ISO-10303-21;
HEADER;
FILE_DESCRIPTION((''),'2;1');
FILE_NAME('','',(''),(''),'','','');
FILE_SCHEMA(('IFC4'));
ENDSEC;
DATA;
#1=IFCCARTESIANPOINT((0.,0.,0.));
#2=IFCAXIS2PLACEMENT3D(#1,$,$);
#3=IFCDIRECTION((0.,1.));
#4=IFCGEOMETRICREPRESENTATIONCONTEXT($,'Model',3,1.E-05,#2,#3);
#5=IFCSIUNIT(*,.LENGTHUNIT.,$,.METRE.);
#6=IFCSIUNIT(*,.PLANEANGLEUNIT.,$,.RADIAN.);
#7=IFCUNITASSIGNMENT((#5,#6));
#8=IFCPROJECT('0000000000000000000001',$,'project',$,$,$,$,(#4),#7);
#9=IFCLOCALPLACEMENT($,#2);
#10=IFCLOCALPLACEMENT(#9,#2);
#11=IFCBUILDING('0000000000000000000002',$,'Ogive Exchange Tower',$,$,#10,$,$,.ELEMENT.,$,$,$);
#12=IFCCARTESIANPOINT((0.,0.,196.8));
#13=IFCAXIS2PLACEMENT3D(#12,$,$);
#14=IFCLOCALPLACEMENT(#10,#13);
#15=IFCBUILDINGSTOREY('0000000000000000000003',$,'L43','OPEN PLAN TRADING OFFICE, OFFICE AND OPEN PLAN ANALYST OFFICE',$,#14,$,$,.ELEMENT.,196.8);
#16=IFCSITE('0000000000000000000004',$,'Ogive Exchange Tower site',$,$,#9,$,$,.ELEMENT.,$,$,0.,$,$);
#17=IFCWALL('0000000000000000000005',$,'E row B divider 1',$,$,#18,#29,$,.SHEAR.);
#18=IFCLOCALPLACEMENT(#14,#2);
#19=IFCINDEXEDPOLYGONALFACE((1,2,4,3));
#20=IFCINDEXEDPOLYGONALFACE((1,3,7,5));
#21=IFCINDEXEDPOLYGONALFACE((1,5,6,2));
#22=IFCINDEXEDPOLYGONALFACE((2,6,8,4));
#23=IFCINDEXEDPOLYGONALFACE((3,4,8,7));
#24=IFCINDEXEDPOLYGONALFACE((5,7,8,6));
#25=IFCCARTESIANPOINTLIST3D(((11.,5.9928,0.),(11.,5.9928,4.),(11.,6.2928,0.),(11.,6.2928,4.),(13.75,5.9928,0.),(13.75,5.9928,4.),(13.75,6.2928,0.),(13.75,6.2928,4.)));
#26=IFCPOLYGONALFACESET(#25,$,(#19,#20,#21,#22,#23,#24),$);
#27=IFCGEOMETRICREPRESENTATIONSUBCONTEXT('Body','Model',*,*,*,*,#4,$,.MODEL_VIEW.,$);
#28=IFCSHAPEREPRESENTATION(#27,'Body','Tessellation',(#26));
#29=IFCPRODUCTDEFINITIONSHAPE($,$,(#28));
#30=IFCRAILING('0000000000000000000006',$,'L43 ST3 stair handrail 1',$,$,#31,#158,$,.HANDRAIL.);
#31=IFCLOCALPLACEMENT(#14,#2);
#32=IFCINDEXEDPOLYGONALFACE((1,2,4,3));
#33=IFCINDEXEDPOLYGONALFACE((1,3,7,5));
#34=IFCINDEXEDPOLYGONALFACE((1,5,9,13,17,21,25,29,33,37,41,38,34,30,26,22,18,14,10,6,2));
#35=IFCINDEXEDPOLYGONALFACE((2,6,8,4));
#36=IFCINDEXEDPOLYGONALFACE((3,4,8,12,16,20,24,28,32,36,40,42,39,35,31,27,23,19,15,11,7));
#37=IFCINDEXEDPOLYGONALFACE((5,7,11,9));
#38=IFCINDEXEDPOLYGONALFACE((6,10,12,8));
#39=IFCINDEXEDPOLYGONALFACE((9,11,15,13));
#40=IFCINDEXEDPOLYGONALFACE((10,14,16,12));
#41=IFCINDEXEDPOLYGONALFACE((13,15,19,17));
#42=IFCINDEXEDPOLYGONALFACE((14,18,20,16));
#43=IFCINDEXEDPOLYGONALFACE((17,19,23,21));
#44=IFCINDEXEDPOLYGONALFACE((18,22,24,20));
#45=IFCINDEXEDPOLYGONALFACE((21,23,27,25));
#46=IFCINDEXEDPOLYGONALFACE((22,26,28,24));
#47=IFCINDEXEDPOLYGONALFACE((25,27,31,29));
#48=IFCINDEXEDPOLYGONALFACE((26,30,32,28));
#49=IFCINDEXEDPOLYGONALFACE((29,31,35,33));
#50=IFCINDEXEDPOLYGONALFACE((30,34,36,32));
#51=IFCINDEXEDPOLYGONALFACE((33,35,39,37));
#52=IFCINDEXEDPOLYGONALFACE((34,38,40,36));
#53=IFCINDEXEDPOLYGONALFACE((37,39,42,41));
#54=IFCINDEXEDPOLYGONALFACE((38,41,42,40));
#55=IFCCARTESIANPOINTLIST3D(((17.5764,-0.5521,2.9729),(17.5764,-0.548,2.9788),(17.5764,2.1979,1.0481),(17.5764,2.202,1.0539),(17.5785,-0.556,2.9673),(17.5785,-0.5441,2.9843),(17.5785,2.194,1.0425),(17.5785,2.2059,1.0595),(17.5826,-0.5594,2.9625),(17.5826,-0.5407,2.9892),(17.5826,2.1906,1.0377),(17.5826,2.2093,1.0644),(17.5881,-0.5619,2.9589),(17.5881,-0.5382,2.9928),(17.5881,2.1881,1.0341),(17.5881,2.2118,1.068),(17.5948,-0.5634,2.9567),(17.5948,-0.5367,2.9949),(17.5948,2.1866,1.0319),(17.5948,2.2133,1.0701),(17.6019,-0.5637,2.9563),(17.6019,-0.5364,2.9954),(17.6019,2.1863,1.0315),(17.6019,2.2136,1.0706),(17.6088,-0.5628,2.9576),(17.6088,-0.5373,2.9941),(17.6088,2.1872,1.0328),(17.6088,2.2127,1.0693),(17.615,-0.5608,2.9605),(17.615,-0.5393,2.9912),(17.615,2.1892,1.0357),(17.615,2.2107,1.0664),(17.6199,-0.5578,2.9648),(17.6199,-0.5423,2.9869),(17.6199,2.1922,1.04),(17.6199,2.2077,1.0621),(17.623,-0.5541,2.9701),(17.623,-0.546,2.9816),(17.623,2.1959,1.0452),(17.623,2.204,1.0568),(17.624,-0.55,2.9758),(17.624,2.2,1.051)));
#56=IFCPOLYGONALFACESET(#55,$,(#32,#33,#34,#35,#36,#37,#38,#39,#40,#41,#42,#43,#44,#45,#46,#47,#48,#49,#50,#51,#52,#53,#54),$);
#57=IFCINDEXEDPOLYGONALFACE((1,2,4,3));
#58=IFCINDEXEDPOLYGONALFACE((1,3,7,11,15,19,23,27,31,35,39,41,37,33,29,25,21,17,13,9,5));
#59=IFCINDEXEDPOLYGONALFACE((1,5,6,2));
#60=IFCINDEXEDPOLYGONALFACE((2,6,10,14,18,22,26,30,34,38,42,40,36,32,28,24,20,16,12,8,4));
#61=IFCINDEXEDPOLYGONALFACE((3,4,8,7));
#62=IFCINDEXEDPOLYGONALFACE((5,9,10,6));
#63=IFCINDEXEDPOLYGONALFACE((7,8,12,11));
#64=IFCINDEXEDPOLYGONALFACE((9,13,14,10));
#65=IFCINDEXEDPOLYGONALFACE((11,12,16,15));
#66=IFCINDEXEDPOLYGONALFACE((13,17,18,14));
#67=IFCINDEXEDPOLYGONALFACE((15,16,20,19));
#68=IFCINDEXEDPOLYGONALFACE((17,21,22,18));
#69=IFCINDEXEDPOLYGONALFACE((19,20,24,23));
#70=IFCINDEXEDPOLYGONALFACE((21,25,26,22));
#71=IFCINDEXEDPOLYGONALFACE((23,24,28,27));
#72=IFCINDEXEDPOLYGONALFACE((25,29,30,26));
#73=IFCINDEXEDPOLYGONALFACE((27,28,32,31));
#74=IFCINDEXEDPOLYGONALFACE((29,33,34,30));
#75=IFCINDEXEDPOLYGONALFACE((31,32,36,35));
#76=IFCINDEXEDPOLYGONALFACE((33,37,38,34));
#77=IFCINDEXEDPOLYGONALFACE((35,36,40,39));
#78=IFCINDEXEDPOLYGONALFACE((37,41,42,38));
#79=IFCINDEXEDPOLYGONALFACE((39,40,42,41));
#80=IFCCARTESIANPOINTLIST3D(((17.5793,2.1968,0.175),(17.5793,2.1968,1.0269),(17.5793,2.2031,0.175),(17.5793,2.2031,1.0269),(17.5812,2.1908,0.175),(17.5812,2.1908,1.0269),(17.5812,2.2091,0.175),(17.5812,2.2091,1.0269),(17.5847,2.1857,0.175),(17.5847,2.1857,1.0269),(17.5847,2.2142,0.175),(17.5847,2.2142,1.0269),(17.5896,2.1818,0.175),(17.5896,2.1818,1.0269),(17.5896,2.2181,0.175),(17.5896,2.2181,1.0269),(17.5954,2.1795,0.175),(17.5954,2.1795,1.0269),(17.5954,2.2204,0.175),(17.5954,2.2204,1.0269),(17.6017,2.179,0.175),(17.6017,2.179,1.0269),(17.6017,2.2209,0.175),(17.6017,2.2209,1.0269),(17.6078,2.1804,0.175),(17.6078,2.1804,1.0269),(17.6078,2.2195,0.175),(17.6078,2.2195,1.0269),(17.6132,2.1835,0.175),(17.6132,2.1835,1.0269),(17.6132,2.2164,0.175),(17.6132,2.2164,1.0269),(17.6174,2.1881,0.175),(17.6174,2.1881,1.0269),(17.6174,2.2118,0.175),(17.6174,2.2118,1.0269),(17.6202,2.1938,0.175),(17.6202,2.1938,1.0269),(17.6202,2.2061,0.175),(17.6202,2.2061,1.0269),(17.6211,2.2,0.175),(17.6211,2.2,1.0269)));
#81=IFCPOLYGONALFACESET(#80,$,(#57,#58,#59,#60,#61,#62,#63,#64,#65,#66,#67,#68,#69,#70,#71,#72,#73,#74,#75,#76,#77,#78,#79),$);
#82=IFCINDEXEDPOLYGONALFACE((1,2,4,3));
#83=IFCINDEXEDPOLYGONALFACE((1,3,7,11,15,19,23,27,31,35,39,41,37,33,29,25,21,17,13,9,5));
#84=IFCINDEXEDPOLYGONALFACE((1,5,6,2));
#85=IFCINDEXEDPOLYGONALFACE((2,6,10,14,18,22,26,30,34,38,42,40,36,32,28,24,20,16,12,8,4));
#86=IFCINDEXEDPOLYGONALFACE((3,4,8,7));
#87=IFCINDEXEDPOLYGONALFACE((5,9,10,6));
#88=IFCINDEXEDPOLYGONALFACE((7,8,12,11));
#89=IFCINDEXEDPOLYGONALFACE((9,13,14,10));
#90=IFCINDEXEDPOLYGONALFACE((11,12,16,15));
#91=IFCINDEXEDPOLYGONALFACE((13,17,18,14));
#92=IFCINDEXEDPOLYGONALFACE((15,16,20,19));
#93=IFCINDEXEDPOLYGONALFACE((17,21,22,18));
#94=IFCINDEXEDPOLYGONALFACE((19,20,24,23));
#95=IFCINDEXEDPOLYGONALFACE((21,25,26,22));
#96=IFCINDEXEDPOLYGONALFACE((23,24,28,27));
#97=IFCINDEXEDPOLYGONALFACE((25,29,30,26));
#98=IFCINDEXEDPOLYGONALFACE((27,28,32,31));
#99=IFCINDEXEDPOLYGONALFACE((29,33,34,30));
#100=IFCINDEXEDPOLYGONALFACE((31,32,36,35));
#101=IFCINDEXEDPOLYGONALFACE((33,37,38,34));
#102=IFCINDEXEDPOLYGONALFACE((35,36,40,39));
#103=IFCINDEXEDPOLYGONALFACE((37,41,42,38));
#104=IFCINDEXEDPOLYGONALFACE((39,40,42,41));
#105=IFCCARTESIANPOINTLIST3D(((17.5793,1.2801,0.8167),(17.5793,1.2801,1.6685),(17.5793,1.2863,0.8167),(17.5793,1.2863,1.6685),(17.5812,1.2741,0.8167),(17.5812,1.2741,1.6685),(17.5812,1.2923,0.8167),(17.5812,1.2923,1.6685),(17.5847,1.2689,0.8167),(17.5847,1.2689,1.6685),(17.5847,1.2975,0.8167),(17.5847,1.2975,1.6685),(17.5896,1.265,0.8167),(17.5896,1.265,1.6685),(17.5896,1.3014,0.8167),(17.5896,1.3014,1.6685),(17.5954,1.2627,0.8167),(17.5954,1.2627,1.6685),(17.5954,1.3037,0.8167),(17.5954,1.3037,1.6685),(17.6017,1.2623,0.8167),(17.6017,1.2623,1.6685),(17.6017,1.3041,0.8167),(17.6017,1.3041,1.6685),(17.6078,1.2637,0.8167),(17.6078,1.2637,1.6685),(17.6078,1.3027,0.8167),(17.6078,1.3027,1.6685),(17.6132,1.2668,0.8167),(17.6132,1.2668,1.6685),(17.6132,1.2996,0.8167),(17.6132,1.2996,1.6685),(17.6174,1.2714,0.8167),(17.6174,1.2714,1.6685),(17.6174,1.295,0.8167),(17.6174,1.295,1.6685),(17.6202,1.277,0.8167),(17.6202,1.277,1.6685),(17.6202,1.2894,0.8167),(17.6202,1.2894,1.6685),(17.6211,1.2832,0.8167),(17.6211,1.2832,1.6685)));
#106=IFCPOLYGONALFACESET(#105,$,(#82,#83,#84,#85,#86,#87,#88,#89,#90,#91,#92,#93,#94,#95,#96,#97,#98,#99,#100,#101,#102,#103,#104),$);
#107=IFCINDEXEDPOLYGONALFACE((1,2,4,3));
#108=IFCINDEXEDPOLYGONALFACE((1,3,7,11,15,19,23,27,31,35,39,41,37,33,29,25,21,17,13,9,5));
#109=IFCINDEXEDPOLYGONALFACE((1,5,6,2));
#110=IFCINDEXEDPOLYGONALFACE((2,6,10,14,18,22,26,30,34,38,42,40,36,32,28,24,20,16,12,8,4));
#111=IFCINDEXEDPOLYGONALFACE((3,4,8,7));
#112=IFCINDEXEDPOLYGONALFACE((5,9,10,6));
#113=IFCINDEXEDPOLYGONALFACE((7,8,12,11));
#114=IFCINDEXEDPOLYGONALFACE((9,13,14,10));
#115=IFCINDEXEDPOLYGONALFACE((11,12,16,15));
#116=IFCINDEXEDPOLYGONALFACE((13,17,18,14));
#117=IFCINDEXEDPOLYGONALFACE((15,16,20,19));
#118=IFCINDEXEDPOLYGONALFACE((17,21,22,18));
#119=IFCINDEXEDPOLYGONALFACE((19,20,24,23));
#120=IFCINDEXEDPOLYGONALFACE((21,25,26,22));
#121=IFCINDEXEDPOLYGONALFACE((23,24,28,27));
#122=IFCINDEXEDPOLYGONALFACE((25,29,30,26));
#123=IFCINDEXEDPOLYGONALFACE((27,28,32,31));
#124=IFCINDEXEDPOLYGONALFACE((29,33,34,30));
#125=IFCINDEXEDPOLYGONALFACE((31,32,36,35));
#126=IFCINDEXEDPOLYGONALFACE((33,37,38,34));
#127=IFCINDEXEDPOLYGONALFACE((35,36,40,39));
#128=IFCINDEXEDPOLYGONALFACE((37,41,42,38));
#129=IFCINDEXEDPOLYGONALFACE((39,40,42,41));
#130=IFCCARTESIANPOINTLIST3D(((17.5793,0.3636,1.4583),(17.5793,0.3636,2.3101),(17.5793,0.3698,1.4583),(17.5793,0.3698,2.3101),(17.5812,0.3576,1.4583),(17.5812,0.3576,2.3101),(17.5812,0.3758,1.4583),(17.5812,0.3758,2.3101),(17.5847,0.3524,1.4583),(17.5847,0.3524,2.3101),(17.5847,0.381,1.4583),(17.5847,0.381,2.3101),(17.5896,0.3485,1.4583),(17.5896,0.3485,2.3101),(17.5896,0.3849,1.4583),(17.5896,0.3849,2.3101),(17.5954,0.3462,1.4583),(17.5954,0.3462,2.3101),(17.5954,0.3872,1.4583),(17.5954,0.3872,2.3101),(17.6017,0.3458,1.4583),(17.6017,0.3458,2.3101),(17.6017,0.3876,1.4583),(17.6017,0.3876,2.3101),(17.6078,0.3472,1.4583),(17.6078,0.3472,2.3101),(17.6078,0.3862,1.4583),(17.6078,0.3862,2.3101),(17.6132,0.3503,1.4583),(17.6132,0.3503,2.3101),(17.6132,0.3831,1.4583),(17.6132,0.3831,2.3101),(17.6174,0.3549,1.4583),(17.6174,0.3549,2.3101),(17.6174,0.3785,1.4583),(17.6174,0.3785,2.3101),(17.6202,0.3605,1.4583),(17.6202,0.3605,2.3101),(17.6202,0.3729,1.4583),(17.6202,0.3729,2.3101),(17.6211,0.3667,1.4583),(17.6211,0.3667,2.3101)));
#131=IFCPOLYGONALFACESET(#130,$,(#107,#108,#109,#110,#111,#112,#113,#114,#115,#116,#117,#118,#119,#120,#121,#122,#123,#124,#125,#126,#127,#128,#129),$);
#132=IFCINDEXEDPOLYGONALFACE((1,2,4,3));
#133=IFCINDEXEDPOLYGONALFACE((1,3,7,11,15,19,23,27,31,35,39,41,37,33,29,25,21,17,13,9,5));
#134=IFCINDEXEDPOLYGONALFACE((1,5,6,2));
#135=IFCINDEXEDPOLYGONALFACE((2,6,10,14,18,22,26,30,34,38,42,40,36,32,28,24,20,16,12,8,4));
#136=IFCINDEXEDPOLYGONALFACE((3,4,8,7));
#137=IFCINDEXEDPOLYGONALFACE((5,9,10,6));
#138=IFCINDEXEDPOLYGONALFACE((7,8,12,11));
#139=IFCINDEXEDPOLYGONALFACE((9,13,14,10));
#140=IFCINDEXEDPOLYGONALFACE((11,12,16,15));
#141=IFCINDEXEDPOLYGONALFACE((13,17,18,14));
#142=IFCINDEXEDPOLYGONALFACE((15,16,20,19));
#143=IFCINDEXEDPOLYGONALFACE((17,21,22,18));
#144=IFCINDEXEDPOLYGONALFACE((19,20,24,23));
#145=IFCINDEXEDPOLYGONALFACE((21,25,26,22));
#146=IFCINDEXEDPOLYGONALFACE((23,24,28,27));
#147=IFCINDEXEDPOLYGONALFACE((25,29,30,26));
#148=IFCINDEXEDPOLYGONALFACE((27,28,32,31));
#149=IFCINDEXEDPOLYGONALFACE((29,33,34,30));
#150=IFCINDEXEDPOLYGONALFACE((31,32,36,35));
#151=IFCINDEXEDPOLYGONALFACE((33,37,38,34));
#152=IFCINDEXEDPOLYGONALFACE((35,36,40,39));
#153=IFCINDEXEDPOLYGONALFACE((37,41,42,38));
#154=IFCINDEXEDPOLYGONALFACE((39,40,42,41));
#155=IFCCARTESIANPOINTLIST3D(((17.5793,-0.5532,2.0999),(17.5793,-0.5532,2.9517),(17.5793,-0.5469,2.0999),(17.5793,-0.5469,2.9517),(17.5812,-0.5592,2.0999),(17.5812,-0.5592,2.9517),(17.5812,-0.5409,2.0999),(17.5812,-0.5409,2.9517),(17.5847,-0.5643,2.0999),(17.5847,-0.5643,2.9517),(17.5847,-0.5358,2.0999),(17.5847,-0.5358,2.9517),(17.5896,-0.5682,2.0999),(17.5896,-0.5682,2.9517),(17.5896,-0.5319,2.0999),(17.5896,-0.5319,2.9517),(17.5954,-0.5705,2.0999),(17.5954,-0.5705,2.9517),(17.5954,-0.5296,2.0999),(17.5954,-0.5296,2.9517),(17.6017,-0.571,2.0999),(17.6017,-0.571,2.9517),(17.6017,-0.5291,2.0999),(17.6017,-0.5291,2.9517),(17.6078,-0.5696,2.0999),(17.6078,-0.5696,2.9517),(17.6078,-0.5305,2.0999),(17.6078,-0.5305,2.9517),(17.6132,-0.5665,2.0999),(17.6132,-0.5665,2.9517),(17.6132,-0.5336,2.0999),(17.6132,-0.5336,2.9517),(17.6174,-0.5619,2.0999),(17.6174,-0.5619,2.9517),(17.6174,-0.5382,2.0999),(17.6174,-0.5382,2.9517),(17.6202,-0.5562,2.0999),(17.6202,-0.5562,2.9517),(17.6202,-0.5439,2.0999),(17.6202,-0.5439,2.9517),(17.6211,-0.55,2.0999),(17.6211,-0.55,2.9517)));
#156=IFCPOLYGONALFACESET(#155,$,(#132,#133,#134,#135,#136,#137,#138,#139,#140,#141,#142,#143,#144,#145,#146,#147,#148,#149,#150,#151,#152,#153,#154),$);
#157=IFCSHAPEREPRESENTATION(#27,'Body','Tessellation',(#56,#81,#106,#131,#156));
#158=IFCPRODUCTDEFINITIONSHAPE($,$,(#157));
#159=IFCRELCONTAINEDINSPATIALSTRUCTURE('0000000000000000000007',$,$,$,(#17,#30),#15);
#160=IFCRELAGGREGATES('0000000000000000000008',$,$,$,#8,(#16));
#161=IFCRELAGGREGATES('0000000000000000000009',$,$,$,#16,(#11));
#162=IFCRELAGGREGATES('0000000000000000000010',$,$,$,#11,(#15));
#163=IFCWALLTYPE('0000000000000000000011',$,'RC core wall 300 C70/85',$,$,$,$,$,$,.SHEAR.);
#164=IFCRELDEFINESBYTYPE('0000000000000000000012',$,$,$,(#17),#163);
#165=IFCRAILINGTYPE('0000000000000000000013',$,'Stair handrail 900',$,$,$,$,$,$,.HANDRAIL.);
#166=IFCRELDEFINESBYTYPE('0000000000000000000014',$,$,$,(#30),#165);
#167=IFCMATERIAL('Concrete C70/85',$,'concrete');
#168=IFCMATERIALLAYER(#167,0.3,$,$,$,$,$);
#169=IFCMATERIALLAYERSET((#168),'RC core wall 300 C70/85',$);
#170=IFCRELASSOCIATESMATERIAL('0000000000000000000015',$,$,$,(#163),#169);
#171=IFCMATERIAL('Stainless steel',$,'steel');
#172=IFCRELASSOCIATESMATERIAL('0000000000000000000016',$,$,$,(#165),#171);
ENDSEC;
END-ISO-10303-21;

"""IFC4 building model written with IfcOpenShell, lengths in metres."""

from ifc_helpers import new_model, si_unit, direction, frame, frame_2d, origin, origin_2d, place, context, subcontext, project, spatial, rectangle, circle, extrude, material, layer, layer_set, type_object, element, save


model = new_model("IFC4")

# Units and contexts
model_context = context("Model", 3, precision=1e-05, world=origin(), true_north=direction((0.0, 1.0)))
body_context = subcontext(model_context, "Body", "Model", "MODEL_VIEW")
ifc_project = project(units=[si_unit("LENGTHUNIT", "METRE"), si_unit("PLANEANGLEUNIT", "RADIAN")], contexts=[model_context])

# Site, building, storey
site_placement = place(None, origin())
site = spatial("IfcSite", under=ifc_project, at=site_placement, Name="Ogive Exchange Tower site", CompositionType="ELEMENT", RefElevation=0.0)
building_placement = place(site_placement, origin())
building = spatial("IfcBuilding", under=site, at=building_placement, Name="Ogive Exchange Tower", CompositionType="ELEMENT")
storey_placement = place(building_placement, frame((0.0, 0.0, 196.8)))
storey = spatial("IfcBuildingStorey", under=building, at=storey_placement, Name="L43", Description="OPEN PLAN TRADING OFFICE, OFFICE AND OPEN PLAN ANALYST OFFICE", CompositionType="ELEMENT", Elevation=196.8)

# Shared definitions
ifc_material_1 = material(Name="Concrete C70/85", Category="concrete")

# Shared definitions
ifc_material_2 = material(Name="Stainless steel", Category="steel")

# Wall
ifc_layer_1 = layer(ifc_material_1, 0.3)
ifc_layer_set_1 = layer_set([ifc_layer_1], Name="RC core wall 300 C70/85")
wall_type_1 = type_object("IfcWallType", Name="RC core wall 300 C70/85", PredefinedType="SHEAR", material=ifc_layer_set_1)
wall_1_placement = place(storey_placement, frame((11.0, 6.1428, 0.0), z_axis=(0.0, 0.0, 1.0), x_axis=(1.0, 0.0, 0.0)))
element("IfcWall", 1, at=wall_1_placement, inside=storey, type_object=wall_type_1, Name="E row B divider 1", PredefinedType="SHEAR", context=body_context, shape_type="SweptSolid", body=[
    extrude(rectangle(XDim=2.75, YDim=0.3, at=frame_2d((1.375, 0.0))), origin(), (0.0, 0.0, 1.0), 4.0),
])

# Railing
railing_type = type_object("IfcRailingType", Name="Stair handrail 900", PredefinedType="HANDRAIL", material=ifc_material_2)
railing_placement = place(storey_placement, frame((17.6001, 2.2, 0.175)))
element("IfcRailing", 2, at=railing_placement, inside=storey, type_object=railing_type, Name="L43 ST3 stair handrail 1", PredefinedType="HANDRAIL", context=body_context, shape_type="SweptSolid", body=[
    extrude(circle(Radius=0.0239, at=origin_2d()), frame((0.0, 0.0, 0.876), z_axis=(0.0, -0.819259, 0.573423), x_axis=(1.0, 0.0, 0.0)), (0.0, 0.0, 1.0), 3.3567),
    extrude(circle(Radius=0.021, at=origin_2d()), origin(), (0.0, 0.0, 1.0), 0.8518),
    extrude(circle(Radius=0.021, at=origin_2d()), frame((0.0, -0.9167, 0.6416)), (0.0, 0.0, 1.0), 0.8518),
    extrude(circle(Radius=0.021, at=origin_2d()), frame((0.0, -1.8333, 1.2832)), (0.0, 0.0, 1.0), 0.8518),
    extrude(circle(Radius=0.021, at=origin_2d()), frame((0.0, -2.75, 1.9248)), (0.0, 0.0, 1.0), 0.8518),
])

save(model, "model.ifc")
